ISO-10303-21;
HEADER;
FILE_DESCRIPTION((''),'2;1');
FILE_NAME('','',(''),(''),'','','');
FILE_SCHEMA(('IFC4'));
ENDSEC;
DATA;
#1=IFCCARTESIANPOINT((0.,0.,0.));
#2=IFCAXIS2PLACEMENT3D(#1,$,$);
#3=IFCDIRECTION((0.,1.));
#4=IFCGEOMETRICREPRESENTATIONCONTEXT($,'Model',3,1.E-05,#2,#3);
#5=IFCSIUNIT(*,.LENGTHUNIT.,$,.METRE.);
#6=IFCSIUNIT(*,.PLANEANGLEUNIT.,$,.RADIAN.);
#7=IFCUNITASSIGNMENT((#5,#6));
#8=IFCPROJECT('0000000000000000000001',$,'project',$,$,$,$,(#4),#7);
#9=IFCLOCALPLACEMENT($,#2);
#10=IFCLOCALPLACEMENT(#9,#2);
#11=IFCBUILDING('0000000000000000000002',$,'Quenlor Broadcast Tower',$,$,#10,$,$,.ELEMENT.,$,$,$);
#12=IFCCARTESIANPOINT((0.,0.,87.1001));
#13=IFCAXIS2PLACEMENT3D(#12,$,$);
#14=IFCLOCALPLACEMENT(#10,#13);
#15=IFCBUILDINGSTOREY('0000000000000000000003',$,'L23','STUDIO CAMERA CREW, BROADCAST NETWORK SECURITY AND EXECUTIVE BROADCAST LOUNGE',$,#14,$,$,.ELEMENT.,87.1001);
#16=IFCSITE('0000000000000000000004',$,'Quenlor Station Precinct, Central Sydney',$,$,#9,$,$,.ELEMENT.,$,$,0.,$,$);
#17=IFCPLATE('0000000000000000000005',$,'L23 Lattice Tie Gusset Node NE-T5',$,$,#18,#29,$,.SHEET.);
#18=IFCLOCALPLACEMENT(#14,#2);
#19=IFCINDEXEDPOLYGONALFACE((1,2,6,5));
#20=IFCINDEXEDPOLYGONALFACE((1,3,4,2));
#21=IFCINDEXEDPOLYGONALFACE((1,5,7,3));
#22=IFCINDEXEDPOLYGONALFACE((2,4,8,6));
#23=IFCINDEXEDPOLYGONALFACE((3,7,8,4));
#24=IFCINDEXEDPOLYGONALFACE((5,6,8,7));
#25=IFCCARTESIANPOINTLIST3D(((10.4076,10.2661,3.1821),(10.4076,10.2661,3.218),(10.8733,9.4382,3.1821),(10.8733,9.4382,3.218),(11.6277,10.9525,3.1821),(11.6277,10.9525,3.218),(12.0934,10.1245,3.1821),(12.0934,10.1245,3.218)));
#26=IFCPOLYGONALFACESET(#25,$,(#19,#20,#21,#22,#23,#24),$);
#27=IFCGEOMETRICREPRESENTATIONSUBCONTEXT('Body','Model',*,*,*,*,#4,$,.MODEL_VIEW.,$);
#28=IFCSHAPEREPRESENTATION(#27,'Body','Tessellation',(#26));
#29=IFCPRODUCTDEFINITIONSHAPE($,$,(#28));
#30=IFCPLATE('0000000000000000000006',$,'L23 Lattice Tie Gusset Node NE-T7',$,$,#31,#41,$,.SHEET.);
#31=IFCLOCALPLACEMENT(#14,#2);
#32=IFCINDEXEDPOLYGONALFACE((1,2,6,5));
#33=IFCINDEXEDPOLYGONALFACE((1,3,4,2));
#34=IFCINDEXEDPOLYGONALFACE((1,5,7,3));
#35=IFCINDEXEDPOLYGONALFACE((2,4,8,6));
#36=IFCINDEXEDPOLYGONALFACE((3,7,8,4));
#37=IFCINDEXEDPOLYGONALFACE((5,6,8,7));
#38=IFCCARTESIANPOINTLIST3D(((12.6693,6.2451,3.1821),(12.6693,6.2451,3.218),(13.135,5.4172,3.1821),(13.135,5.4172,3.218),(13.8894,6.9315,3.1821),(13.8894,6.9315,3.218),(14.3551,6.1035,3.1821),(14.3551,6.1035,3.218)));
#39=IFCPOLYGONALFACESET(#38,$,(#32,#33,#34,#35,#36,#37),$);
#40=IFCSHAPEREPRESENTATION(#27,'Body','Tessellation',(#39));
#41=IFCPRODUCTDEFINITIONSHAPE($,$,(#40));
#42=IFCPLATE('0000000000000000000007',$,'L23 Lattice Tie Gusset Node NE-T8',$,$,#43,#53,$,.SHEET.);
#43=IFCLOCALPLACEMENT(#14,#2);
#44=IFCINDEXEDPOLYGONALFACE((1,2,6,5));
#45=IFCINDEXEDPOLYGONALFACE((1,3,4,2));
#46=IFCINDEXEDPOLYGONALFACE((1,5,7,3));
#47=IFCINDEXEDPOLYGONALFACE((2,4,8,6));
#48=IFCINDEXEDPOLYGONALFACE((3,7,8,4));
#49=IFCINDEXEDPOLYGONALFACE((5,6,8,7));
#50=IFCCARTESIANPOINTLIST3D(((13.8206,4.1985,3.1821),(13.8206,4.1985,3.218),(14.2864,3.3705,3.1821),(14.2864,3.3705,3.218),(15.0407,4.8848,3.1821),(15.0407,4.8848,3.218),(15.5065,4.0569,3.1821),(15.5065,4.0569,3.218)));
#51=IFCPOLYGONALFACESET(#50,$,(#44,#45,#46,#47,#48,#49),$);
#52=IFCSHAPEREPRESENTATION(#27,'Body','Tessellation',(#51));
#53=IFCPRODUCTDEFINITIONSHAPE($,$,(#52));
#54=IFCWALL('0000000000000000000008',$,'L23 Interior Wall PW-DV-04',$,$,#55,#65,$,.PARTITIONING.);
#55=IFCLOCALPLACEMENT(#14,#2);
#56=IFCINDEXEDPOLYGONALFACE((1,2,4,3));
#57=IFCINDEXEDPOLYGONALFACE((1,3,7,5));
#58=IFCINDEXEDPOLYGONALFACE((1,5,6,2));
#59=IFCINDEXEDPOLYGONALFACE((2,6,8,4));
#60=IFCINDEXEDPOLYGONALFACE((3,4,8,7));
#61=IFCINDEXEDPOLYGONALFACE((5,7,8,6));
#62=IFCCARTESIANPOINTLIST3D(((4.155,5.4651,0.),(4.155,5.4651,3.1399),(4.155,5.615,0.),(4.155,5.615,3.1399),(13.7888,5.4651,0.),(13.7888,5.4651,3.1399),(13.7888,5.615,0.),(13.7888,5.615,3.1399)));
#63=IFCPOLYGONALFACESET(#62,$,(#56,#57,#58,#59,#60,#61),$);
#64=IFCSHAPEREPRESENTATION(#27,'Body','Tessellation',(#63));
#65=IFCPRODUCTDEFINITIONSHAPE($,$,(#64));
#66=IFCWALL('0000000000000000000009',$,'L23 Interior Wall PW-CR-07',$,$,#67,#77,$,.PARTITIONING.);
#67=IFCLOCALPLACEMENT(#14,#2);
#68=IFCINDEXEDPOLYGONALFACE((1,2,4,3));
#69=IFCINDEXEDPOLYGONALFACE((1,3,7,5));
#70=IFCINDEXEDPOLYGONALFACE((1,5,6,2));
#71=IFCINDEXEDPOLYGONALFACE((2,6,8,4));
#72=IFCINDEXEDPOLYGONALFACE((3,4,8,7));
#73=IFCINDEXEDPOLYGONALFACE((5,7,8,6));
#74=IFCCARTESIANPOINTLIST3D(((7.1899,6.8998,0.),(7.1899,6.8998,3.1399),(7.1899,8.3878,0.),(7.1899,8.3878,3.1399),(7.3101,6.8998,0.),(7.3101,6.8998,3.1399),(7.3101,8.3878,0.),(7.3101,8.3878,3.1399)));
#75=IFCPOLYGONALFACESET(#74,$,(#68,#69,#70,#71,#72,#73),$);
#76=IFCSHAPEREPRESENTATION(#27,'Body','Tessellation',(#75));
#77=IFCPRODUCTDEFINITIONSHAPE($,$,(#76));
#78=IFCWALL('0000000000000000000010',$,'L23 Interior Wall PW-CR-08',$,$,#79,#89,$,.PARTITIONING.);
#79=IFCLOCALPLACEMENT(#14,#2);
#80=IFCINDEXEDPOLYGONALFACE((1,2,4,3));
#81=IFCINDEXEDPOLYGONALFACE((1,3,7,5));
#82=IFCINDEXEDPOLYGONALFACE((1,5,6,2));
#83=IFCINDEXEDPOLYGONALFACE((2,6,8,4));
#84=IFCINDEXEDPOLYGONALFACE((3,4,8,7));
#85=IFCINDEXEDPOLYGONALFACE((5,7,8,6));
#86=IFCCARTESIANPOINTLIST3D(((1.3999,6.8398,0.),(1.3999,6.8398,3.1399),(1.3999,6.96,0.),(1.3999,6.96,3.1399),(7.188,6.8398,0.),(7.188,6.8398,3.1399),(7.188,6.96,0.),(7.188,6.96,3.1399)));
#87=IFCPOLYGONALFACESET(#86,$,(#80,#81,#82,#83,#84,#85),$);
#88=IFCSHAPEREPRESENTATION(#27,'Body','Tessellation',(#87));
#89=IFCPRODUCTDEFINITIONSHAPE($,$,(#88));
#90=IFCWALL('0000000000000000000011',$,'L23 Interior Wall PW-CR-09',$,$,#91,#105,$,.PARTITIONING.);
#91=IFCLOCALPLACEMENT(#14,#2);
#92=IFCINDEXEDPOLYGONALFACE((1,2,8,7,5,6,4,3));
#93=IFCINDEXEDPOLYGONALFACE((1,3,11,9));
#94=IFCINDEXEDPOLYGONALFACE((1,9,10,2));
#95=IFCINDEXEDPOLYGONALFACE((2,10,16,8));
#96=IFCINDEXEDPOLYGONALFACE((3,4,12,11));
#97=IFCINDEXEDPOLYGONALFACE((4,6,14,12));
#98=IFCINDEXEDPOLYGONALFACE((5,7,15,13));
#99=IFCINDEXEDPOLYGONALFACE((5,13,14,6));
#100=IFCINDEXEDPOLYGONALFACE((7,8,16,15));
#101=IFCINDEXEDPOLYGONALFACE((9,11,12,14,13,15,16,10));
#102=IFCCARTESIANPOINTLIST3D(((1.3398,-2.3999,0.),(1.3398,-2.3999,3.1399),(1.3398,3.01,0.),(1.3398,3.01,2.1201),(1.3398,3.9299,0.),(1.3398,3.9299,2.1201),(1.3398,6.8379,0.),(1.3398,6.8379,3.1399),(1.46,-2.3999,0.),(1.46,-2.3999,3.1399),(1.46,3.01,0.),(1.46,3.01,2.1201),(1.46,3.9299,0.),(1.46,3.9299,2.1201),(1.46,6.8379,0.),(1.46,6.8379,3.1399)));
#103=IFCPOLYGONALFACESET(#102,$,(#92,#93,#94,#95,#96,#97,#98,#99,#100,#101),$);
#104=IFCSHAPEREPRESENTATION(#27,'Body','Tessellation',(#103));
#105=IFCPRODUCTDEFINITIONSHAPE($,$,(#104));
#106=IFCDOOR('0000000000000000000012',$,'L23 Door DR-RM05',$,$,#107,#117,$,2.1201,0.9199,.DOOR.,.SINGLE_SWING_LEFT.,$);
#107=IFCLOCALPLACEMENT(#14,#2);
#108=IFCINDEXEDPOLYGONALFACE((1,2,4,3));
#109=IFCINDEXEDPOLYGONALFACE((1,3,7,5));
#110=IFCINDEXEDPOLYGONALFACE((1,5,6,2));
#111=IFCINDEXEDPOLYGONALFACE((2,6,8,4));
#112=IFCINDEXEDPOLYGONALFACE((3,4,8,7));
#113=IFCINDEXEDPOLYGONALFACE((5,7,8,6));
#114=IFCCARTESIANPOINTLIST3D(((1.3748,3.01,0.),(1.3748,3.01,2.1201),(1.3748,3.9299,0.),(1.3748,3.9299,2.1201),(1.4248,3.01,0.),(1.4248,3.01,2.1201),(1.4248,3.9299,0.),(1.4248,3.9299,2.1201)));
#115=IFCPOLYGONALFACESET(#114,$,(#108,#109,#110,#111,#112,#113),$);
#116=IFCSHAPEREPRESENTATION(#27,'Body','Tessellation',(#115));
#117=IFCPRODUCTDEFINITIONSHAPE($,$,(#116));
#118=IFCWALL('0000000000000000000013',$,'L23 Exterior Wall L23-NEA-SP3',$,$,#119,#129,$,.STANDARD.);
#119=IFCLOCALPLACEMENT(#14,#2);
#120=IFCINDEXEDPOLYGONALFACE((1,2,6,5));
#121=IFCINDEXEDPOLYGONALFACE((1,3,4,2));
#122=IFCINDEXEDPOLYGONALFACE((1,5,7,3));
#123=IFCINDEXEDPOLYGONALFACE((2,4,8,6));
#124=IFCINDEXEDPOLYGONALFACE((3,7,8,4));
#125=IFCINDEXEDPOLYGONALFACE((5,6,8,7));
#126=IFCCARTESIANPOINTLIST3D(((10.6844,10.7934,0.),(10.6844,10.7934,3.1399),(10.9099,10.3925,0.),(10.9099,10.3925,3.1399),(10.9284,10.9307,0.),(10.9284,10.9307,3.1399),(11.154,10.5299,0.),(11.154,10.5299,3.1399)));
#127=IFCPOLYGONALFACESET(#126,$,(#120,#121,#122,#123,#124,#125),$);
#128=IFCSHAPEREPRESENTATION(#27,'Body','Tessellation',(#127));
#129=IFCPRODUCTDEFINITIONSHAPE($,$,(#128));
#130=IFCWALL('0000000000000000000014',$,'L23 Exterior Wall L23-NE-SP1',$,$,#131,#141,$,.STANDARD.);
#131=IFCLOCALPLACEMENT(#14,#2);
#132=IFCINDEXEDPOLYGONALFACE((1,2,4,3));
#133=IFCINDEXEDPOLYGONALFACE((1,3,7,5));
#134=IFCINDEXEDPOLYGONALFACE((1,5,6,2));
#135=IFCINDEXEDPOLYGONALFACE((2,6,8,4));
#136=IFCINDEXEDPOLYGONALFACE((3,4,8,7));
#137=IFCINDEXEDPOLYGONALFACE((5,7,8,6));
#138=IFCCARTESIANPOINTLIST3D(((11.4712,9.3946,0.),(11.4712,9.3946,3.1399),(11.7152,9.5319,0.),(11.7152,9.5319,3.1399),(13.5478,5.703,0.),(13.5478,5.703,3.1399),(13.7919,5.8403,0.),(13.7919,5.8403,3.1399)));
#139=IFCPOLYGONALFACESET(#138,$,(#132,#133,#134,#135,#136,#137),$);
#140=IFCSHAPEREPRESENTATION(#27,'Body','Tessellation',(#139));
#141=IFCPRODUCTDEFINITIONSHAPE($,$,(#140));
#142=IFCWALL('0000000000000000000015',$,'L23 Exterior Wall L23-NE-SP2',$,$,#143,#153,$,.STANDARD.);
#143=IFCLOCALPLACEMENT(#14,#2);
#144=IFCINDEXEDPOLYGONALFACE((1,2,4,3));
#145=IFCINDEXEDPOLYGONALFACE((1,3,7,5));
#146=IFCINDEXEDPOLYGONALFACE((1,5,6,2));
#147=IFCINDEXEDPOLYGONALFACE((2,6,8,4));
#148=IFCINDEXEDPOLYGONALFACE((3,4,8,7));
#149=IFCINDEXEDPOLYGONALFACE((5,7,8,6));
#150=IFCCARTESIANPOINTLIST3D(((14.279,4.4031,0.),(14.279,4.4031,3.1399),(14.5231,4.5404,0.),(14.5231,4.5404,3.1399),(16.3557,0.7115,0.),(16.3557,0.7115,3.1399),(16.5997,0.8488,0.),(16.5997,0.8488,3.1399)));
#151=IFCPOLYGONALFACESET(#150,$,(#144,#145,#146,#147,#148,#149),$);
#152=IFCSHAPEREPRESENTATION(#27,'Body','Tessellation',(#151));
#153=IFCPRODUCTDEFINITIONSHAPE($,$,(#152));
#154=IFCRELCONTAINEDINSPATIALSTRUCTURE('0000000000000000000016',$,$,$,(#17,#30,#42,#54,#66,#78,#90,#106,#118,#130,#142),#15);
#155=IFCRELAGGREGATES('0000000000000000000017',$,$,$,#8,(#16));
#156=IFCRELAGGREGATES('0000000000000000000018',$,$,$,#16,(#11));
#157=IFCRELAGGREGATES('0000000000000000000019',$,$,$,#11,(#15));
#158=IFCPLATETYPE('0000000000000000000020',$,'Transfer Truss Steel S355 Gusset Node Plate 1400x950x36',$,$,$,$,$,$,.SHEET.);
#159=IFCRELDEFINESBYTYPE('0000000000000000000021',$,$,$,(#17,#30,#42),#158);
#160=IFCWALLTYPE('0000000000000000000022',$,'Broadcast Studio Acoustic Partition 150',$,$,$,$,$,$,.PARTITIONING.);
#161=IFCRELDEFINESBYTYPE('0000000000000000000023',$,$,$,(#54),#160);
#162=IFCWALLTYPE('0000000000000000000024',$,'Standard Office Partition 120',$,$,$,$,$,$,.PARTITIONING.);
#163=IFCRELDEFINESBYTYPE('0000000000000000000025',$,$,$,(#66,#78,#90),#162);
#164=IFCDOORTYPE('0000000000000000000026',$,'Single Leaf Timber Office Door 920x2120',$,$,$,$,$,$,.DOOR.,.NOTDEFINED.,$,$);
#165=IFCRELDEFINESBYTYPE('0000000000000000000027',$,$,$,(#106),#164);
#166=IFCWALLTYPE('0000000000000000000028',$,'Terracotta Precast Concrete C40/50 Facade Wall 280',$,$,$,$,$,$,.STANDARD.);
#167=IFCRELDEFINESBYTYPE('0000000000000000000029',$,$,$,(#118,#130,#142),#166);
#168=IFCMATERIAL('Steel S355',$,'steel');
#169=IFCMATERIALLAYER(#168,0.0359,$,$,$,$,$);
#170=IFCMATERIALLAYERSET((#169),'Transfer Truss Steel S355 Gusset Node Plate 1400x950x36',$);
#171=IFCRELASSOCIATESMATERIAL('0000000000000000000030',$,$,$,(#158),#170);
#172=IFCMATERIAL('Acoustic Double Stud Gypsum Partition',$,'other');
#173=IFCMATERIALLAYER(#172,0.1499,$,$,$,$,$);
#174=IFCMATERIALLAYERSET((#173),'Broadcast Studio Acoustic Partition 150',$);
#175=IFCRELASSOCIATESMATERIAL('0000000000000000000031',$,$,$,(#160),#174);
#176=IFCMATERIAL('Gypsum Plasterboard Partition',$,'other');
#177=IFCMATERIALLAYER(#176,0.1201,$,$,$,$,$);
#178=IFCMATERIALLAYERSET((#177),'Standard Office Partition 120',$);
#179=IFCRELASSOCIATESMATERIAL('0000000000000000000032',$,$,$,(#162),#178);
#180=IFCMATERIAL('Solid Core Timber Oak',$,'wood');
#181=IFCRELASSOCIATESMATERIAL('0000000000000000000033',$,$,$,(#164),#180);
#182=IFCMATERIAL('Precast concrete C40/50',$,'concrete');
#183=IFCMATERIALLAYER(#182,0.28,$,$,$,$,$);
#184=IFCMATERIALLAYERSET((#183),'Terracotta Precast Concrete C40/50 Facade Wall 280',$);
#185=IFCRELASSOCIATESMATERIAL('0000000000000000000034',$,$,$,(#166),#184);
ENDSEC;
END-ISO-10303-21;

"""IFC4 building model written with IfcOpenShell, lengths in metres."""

from ifc_helpers import new_model, si_unit, direction, frame, frame_2d, origin, origin_2d, place, context, subcontext, project, spatial, rectangle, extrude, material, layer, layer_set, type_object, element, fill, save


model = new_model("IFC4")

# Units and contexts
model_context = context("Model", 3, precision=1e-05, world=origin(), true_north=direction((0.0, 1.0)))
body_context = subcontext(model_context, "Body", "Model", "MODEL_VIEW")
ifc_project = project(units=[si_unit("LENGTHUNIT", "METRE"), si_unit("PLANEANGLEUNIT", "RADIAN")], contexts=[model_context])

# Site, building, storey
site_placement = place(None, origin())
site = spatial("IfcSite", under=ifc_project, at=site_placement, Name="Quenlor Station Precinct, Central Sydney", CompositionType="ELEMENT", RefElevation=0.0)
building_placement = place(site_placement, origin())
building = spatial("IfcBuilding", under=site, at=building_placement, Name="Quenlor Broadcast Tower", CompositionType="ELEMENT")
storey_placement = place(building_placement, frame((0.0, 0.0, 87.1001)))
storey = spatial("IfcBuildingStorey", under=building, at=storey_placement, Name="L23", Description="STUDIO CAMERA CREW, BROADCAST NETWORK SECURITY AND EXECUTIVE BROADCAST LOUNGE", CompositionType="ELEMENT", Elevation=87.1001)

# Plates
ifc_material_1 = material(Name="Steel S355", Category="steel")
ifc_layer_1 = layer(ifc_material_1, 0.0359)
ifc_layer_set_1 = layer_set([ifc_layer_1], Name="Transfer Truss Steel S355 Gusset Node Plate 1400x950x36")
plate_type_1 = type_object("IfcPlateType", Name="Transfer Truss Steel S355 Gusset Node Plate 1400x950x36", PredefinedType="SHEET", material=ifc_layer_set_1)
for number, where, z_axis, x_axis, name in (
    (1, (11.2505, 10.1953, 3.1821), (0.0, 0.0, 1.0), (0.871556, 0.490295, 0.0), "L23 Lattice Tie Gusset Node NE-T5"),
    (2, (13.5122, 6.1743, 3.1821), (0.0, 0.0, 1.0), (0.871556, 0.490295, 0.0), "L23 Lattice Tie Gusset Node NE-T7"),
    (3, (14.6636, 4.1277, 3.1821), (0.0, 0.0, 1.0), (0.871556, 0.490295, 0.0), "L23 Lattice Tie Gusset Node NE-T8"),
):
    element("IfcPlate", number, at=place(storey_placement, frame(where, z_axis=z_axis, x_axis=x_axis)), inside=storey, type_object=plate_type_1, Name=name, PredefinedType="SHEET", context=body_context, shape_type="SweptSolid", body=[
        extrude(rectangle(XDim=1.3999, YDim=0.95, at=origin_2d()), origin(), (0.0, 0.0, 1.0), 0.0359),
    ])

# Walls
ifc_material_2 = material(Name="Acoustic Double Stud Gypsum Partition", Category="other")
ifc_layer_2 = layer(ifc_material_2, 0.1499)
ifc_layer_set_2 = layer_set([ifc_layer_2], Name="Broadcast Studio Acoustic Partition 150")
wall_type_1 = type_object("IfcWallType", Name="Broadcast Studio Acoustic Partition 150", PredefinedType="PARTITIONING", material=ifc_layer_set_2)
wall_1_placement = place(storey_placement, frame((13.7888, 5.54, 0.0), z_axis=(0.0, 0.0, 1.0), x_axis=(-1.0, 0.0, 0.0)))
element("IfcWall", 4, at=wall_1_placement, inside=storey, type_object=wall_type_1, Name="L23 Interior Wall PW-DV-04", PredefinedType="PARTITIONING", context=body_context, shape_type="SweptSolid", body=[
    extrude(rectangle(XDim=9.6338, YDim=0.1499, at=frame_2d((4.8169, 0.0))), origin(), (0.0, 0.0, 1.0), 3.1399),
])
ifc_material_3 = material(Name="Gypsum Plasterboard Partition", Category="other")
ifc_layer_3 = layer(ifc_material_3, 0.1201)
ifc_layer_set_3 = layer_set([ifc_layer_3], Name="Standard Office Partition 120")
wall_type_2 = type_object("IfcWallType", Name="Standard Office Partition 120", PredefinedType="PARTITIONING", material=ifc_layer_set_3)
wall_2_placement = place(storey_placement, frame((7.25, 8.3879, 0.0), z_axis=(0.0, 0.0, 1.0), x_axis=(0.0, -1.0, 0.0)))
element("IfcWall", 5, at=wall_2_placement, inside=storey, type_object=wall_type_2, Name="L23 Interior Wall PW-CR-07", PredefinedType="PARTITIONING", context=body_context, shape_type="SweptSolid", body=[
    extrude(rectangle(XDim=1.488, YDim=0.1201, at=frame_2d((0.7441, 0.0))), origin(), (0.0, 0.0, 1.0), 3.1399),
])
wall_3_placement = place(storey_placement, frame((7.188, 6.8999, 0.0), z_axis=(0.0, 0.0, 1.0), x_axis=(-1.0, 0.0, 0.0)))
element("IfcWall", 6, at=wall_3_placement, inside=storey, type_object=wall_type_2, Name="L23 Interior Wall PW-CR-08", PredefinedType="PARTITIONING", context=body_context, shape_type="SweptSolid", body=[
    extrude(rectangle(XDim=5.7881, YDim=0.1201, at=frame_2d((2.894, 0.0))), origin(), (0.0, 0.0, 1.0), 3.1399),
])

# Wall, opening, door
wall_4_placement = place(storey_placement, frame((1.3999, 6.8379, 0.0), z_axis=(0.0, 0.0, 1.0), x_axis=(0.0, -1.0, 0.0)))
wall_4 = element("IfcWall", 7, at=wall_4_placement, inside=storey, type_object=wall_type_2, Name="L23 Interior Wall PW-CR-09", PredefinedType="PARTITIONING", context=body_context, shape_type="SweptSolid", body=[
    extrude(rectangle(XDim=9.2378, YDim=0.1201, at=frame_2d((4.6189, 0.0))), origin(), (0.0, 0.0, 1.0), 3.1399),
])
opening_placement = place(wall_4_placement, frame((2.908, 0.0, 0.0)))
opening = element("IfcOpeningElement", 8, at=opening_placement, cuts=wall_4, PredefinedType="OPENING", context=body_context, shape_type="SweptSolid", body=[
    extrude(rectangle(XDim=0.9199, YDim=2.1201, at=frame_2d((0.46, 1.0601))), frame((0.0, 0.0701, 0.0), z_axis=(0.0, -1.0, 0.0), x_axis=(1.0, 0.0, 0.0)), (0.0, 0.0, 1.0), 0.1401),
])
ifc_material_4 = material(Name="Solid Core Timber Oak", Category="wood")
door_type = type_object("IfcDoorType", Name="Single Leaf Timber Office Door 920x2120", OperationType="NOTDEFINED", PredefinedType="DOOR", material=ifc_material_4)
door_placement = place(opening_placement, origin())
door = element("IfcDoor", 9, at=door_placement, inside=storey, type_object=door_type, Name="L23 Door DR-RM05", OperationType="SINGLE_SWING_LEFT", OverallHeight=2.1201, OverallWidth=0.9199, PredefinedType="DOOR", context=body_context, shape_type="SweptSolid", body=[
    extrude(rectangle(XDim=0.9199, YDim=2.1201, at=frame_2d((0.46, 1.0601))), frame((0.0, 0.0249, 0.0), z_axis=(0.0, -1.0, 0.0), x_axis=(1.0, 0.0, 0.0)), (0.0, 0.0, 1.0), 0.05),
])
fill(opening, door)

# Walls
ifc_material_5 = material(Name="Precast concrete C40/50", Category="concrete")
ifc_layer_4 = layer(ifc_material_5, 0.28)
ifc_layer_set_4 = layer_set([ifc_layer_4], Name="Terracotta Precast Concrete C40/50 Facade Wall 280")
wall_type_3 = type_object("IfcWallType", Name="Terracotta Precast Concrete C40/50 Facade Wall 280", PredefinedType="STANDARD", material=ifc_layer_set_4)
wall_5_placement = place(storey_placement, frame((10.8064, 10.8621, 0.0), z_axis=(0.0, 0.0, 1.0), x_axis=(0.490412, -0.87149, 0.0)))
element("IfcWall", 10, at=wall_5_placement, inside=storey, type_object=wall_type_3, Name="L23 Exterior Wall L23-NEA-SP3", PredefinedType="STANDARD", context=body_context, shape_type="SweptSolid", body=[
    extrude(rectangle(XDim=0.46, YDim=0.28, at=frame_2d((0.23, 0.0))), origin(), (0.0, 0.0, 1.0), 3.1399),
])
for number, where, z_axis, x_axis, name in (
    (11, (11.5933, 9.4631, 0.0), (0.0, 0.0, 1.0), (0.49028, -0.871565, 0.0), "L23 Exterior Wall L23-NE-SP1"),
    (12, (14.4011, 4.4717, 0.0), (0.0, 0.0, 1.0), (0.49028, -0.871565, 0.0), "L23 Exterior Wall L23-NE-SP2"),
):
    element("IfcWall", number, at=place(storey_placement, frame(where, z_axis=z_axis, x_axis=x_axis)), inside=storey, type_object=wall_type_3, Name=name, PredefinedType="STANDARD", context=body_context, shape_type="SweptSolid", body=[
        extrude(rectangle(XDim=4.2356, YDim=0.28, at=frame_2d((2.1177, 0.0))), origin(), (0.0, 0.0, 1.0), 3.1399),
    ])

save(model, "model.ifc")
